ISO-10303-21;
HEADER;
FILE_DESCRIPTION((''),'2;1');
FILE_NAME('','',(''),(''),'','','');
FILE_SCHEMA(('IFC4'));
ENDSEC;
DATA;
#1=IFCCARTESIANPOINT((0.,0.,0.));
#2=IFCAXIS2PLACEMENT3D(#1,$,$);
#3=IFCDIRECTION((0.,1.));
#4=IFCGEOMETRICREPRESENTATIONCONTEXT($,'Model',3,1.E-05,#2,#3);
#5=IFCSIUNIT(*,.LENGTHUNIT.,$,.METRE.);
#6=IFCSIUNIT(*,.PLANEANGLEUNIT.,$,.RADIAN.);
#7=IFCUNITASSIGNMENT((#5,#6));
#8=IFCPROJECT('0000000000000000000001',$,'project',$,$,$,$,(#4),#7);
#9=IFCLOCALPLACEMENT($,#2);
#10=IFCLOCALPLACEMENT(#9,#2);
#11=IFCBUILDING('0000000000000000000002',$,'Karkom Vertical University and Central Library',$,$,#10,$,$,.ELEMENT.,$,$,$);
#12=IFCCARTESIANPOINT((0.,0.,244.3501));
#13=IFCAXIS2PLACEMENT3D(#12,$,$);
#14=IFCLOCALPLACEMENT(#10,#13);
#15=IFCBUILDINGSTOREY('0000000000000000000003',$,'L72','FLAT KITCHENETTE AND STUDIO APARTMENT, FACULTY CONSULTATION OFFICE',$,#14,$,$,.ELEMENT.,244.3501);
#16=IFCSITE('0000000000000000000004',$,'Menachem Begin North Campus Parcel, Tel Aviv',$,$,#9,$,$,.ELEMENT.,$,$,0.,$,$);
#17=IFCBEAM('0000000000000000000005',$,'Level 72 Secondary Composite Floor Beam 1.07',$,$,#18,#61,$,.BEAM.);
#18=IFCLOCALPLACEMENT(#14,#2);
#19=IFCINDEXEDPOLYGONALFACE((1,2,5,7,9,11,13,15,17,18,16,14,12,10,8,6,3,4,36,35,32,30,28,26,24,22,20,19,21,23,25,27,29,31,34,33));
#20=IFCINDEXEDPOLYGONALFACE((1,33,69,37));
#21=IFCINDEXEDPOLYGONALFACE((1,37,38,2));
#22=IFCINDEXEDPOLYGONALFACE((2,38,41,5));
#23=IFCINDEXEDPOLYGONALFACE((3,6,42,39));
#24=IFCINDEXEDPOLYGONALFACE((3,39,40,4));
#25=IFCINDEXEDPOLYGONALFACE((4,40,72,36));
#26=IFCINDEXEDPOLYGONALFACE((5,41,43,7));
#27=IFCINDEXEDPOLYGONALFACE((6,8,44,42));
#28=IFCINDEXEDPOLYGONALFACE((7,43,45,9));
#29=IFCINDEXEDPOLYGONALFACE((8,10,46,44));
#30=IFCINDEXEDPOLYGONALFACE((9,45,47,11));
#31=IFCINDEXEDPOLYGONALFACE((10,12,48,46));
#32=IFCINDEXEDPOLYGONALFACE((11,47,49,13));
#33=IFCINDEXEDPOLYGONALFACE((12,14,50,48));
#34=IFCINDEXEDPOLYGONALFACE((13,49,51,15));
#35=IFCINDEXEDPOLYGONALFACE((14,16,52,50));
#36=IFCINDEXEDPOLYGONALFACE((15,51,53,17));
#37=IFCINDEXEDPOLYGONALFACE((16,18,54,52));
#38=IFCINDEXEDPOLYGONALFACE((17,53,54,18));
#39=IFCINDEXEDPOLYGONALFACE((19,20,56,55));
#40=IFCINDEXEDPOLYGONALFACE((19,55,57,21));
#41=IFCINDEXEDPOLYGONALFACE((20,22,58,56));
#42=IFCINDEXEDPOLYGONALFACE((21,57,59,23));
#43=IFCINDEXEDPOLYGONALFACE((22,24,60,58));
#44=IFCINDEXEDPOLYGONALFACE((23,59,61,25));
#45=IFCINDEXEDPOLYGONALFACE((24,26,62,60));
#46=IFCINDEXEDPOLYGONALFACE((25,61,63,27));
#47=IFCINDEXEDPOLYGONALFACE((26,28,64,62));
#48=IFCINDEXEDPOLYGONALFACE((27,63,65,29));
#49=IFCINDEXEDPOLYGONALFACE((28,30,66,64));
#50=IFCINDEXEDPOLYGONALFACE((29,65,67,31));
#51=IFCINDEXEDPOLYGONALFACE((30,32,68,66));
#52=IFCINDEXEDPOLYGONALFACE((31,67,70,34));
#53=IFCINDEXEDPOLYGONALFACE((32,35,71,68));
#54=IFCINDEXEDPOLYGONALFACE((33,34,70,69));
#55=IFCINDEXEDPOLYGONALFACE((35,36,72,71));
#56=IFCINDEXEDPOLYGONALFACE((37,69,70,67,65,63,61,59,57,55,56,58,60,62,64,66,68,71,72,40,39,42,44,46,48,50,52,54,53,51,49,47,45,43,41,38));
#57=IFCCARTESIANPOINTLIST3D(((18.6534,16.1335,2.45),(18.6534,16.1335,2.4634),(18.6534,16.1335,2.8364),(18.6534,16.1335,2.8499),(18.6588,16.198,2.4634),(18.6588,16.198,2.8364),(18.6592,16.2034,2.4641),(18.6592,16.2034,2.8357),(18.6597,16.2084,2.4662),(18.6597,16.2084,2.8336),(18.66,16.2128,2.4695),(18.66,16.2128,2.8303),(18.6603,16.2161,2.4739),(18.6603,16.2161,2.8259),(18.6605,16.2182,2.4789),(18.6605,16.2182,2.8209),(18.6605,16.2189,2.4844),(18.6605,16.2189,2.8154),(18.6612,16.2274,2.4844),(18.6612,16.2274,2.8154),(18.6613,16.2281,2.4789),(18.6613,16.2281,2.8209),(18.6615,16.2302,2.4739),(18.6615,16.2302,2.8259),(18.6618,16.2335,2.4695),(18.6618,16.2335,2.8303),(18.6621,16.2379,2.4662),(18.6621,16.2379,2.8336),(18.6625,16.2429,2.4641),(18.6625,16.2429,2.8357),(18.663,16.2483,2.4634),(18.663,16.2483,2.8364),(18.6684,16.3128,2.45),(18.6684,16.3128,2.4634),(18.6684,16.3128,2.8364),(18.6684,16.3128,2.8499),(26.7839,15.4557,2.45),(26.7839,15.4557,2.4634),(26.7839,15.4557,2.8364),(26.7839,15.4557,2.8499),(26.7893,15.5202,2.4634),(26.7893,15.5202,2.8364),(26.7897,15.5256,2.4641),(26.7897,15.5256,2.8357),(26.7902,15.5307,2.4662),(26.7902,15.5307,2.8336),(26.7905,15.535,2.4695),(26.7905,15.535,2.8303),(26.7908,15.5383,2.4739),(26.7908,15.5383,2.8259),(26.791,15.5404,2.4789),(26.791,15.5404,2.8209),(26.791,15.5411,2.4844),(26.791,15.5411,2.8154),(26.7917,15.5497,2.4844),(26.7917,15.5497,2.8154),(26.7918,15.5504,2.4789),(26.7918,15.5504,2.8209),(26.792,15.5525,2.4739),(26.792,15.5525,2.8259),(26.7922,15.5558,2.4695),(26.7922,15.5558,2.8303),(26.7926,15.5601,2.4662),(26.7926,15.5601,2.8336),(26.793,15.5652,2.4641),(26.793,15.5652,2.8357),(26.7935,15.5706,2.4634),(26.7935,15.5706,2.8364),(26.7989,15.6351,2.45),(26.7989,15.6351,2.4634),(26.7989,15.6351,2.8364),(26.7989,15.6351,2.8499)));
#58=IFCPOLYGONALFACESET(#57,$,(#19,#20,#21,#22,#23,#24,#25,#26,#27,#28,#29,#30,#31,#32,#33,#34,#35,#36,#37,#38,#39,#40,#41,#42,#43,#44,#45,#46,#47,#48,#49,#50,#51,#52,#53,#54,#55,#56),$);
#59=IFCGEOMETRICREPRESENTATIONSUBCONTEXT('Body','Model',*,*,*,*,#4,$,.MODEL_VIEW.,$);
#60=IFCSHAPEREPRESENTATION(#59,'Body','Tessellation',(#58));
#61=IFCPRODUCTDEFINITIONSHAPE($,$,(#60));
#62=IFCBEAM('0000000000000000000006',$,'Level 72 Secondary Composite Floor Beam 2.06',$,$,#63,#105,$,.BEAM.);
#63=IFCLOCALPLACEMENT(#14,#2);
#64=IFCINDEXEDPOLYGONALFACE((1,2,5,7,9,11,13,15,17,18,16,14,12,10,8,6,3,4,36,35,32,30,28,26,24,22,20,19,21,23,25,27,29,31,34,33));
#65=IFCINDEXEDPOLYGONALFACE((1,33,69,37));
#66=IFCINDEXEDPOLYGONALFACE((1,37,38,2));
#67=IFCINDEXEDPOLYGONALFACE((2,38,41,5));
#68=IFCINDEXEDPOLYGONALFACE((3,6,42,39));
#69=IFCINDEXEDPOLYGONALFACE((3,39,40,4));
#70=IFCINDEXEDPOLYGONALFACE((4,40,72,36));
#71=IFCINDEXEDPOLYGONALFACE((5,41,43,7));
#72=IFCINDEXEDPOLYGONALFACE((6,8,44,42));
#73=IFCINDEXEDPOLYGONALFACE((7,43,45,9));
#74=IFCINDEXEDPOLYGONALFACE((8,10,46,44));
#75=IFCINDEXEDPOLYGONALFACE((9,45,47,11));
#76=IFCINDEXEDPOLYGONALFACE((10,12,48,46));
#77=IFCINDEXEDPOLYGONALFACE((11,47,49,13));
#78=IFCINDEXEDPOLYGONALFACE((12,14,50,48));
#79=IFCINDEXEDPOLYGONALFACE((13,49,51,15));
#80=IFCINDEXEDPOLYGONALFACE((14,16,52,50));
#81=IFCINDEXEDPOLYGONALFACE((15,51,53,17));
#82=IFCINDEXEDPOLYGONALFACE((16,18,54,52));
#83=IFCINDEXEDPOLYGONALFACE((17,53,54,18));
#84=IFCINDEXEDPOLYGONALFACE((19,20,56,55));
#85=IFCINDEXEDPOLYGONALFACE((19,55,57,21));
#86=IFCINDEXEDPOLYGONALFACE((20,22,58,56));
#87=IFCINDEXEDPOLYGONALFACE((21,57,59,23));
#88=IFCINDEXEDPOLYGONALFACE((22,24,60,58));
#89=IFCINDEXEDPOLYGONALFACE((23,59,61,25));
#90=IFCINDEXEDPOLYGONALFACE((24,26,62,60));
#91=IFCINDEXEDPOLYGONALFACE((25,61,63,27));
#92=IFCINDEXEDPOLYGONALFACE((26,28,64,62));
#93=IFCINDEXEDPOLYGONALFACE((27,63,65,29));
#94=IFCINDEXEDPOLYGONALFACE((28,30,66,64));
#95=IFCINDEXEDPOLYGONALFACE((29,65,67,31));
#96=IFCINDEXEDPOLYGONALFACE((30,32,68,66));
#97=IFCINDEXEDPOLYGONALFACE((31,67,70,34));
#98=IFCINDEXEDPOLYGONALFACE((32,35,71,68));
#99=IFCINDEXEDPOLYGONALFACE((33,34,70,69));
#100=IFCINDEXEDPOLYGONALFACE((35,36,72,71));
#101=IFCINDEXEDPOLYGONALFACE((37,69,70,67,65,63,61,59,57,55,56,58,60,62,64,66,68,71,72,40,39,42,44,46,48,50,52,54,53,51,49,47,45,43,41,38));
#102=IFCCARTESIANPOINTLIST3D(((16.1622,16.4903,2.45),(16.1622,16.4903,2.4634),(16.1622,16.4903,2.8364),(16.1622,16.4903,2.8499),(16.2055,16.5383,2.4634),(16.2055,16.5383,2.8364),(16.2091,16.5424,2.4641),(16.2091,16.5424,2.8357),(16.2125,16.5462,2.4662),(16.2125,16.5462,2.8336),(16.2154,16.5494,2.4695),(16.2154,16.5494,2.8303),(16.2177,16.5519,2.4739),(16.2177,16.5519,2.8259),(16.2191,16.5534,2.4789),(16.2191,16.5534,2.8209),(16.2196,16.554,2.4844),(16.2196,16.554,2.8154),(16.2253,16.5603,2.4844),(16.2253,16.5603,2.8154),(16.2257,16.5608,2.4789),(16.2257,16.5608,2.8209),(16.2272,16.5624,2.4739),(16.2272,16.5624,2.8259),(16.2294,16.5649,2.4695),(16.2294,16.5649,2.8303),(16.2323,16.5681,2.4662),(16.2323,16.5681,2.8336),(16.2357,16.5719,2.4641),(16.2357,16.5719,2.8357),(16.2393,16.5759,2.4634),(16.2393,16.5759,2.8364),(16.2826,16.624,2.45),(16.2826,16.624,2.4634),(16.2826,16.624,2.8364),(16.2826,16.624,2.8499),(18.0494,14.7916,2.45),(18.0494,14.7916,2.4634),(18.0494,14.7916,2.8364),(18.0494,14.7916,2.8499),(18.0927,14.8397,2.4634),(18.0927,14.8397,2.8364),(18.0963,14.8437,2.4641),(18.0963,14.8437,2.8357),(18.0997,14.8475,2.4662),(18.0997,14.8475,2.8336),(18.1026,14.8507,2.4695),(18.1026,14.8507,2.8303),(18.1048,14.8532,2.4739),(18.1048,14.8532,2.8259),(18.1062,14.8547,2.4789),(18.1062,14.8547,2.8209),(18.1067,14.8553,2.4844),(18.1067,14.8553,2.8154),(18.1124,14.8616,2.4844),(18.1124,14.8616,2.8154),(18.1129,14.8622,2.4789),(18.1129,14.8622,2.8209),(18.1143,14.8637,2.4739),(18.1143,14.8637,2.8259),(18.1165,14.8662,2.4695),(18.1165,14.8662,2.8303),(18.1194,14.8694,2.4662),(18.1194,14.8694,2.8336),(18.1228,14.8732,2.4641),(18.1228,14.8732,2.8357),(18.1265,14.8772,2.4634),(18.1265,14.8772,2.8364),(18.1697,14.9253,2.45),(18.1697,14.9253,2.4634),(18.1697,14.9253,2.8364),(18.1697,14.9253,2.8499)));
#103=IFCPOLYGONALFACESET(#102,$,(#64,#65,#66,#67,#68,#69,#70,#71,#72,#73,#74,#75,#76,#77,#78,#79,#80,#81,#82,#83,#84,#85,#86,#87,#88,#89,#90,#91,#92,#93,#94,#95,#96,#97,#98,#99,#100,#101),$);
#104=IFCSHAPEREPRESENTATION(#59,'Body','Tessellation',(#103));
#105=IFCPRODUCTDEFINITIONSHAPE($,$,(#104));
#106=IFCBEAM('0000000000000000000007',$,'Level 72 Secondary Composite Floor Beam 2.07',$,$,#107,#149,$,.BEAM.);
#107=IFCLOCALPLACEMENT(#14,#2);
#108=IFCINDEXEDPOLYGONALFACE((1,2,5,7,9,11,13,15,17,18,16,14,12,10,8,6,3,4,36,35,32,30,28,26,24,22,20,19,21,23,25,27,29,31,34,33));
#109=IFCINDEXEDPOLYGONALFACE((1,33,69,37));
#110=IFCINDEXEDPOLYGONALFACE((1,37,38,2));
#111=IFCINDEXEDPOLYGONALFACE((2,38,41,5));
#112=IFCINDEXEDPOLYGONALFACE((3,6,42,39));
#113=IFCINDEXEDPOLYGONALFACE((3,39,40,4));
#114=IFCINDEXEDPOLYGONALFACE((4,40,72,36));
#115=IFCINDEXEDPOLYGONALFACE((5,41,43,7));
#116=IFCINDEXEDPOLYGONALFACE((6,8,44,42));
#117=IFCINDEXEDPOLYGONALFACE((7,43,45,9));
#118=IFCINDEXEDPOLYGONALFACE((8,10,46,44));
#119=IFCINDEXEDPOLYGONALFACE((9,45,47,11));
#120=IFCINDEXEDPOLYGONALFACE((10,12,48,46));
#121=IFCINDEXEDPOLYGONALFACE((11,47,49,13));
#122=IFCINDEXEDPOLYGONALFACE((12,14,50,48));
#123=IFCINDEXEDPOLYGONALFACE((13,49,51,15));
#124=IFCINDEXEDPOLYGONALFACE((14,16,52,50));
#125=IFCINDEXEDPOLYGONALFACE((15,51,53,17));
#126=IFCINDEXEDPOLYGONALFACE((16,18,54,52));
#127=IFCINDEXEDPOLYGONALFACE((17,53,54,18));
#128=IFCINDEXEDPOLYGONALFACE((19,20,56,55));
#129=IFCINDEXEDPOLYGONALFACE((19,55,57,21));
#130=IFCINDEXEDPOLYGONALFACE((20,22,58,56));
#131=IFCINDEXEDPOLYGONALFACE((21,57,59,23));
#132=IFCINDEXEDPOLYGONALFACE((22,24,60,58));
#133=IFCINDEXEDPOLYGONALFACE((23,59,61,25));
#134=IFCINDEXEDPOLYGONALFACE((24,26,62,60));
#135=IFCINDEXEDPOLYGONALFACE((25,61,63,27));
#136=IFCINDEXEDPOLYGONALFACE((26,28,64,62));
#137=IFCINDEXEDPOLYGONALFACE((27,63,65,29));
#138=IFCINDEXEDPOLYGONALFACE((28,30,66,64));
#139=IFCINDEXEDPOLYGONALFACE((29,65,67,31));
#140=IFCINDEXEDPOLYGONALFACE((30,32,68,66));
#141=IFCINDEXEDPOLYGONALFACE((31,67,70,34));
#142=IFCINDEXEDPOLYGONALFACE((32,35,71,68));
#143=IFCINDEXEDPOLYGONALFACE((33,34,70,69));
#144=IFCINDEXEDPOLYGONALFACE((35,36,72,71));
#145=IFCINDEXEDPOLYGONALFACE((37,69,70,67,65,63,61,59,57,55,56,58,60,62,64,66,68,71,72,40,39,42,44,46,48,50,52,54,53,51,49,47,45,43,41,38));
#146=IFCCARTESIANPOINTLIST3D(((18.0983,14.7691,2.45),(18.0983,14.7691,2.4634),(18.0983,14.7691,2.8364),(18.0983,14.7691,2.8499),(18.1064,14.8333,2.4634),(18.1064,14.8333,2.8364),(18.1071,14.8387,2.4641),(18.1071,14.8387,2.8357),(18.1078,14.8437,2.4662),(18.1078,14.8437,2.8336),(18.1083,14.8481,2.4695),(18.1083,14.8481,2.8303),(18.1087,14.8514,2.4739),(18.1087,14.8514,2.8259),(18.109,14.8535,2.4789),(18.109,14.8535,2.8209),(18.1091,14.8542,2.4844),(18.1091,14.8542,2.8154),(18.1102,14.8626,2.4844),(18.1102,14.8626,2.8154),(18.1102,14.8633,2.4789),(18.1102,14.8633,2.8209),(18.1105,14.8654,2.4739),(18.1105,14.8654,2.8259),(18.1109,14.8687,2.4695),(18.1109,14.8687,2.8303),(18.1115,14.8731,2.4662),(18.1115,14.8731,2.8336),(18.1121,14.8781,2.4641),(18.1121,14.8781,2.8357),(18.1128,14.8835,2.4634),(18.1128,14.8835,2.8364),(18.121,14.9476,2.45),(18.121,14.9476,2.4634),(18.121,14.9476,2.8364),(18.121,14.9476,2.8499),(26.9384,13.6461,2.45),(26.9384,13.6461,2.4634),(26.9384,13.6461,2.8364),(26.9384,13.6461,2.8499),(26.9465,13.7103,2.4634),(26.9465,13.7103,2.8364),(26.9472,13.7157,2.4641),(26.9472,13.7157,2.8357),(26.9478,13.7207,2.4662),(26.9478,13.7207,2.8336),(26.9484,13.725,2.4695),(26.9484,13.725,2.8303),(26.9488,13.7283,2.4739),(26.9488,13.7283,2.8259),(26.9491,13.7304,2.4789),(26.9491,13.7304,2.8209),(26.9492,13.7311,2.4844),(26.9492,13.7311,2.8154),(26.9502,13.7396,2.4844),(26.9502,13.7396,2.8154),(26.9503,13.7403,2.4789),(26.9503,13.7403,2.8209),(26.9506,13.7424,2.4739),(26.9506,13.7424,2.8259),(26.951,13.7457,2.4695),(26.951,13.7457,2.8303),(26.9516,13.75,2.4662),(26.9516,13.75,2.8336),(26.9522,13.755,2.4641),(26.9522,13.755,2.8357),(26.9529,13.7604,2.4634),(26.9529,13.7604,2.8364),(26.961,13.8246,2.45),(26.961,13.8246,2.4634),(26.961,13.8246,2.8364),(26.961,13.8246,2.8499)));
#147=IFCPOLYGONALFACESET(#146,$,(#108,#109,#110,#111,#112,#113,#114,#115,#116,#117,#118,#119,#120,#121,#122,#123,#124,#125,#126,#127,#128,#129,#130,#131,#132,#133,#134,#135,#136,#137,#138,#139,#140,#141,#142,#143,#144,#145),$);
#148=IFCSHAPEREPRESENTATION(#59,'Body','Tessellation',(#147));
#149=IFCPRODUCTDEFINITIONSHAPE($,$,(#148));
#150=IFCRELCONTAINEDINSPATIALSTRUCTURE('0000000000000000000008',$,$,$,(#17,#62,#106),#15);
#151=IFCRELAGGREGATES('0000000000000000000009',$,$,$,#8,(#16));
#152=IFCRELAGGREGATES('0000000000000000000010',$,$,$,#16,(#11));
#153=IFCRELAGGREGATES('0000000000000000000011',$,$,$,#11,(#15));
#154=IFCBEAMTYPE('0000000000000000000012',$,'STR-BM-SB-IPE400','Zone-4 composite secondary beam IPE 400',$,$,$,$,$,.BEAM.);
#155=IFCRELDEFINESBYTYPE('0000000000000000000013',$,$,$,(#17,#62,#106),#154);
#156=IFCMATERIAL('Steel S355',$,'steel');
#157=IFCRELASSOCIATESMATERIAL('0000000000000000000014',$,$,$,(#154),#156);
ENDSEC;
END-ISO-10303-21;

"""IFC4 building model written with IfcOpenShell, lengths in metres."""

from ifc_helpers import new_model, si_unit, direction, frame, origin, origin_with_axes, origin_2d, place, context, subcontext, project, spatial, i_section, extrude, source, transform, mapped, material, material_profile, profile_set, type_object, element, save


model = new_model("IFC4")

# Units and contexts
model_context = context("Model", 3, precision=1e-05, world=origin(), true_north=direction((0.0, 1.0)))
body_context = subcontext(model_context, "Body", "Model", "MODEL_VIEW")
ifc_project = project(units=[si_unit("LENGTHUNIT", "METRE"), si_unit("PLANEANGLEUNIT", "RADIAN")], contexts=[model_context])

# Site, building, storey
site_placement = place(None, origin())
site = spatial("IfcSite", under=ifc_project, at=site_placement, Name="Menachem Begin North Campus Parcel, Tel Aviv", CompositionType="ELEMENT", RefElevation=0.0)
building_placement = place(site_placement, origin())
building = spatial("IfcBuilding", under=site, at=building_placement, Name="Karkom Vertical University and Central Library", CompositionType="ELEMENT")
storey_placement = place(building_placement, frame((0.0, 0.0, 244.3501)))
storey = spatial("IfcBuildingStorey", under=building, at=storey_placement, Name="L72", Description="FLAT KITCHENETTE AND STUDIO APARTMENT, FACULTY CONSULTATION OFFICE", CompositionType="ELEMENT", Elevation=244.3501)

# Beams
ifc_material_1 = material(Name="Steel S355", Category="steel")
ifc_material_profile_1 = material_profile(ifc_material_1, i_section(OverallWidth=0.1799, OverallDepth=0.3999, WebThickness=0.0085, FlangeThickness=0.0134, FilletRadius=0.021, at=origin_2d()), Name="IPE 400")
ifc_profile_set_1 = profile_set([ifc_material_profile_1], Name="Steel S355")
beam_type_1 = type_object("IfcBeamType", Name="STR-BM-SB-IPE400", Description="Zone-4 composite secondary beam IPE 400", PredefinedType="BEAM", material=ifc_profile_set_1)
shared_shape_1 = source(origin_with_axes(), body_context, "Body", "SweptSolid", [
    extrude(i_section(OverallWidth=0.1799, OverallDepth=0.3999, WebThickness=0.0085, FlangeThickness=0.0134, FilletRadius=0.021, at=origin_2d()), origin(), (0.0, 0.0, 1.0), 8.1587),
])
beam_1_placement = place(storey_placement, frame((18.6609, 16.2231, 2.6499), z_axis=(0.996544, -0.08307, 0.0), x_axis=(0.08307, 0.996544, 0.0)))
element("IfcBeam", 1, at=beam_1_placement, inside=storey, type_object=beam_type_1, Name="Level 72 Secondary Composite Floor Beam 1.07", PredefinedType="BEAM", context=body_context, shape_type="MappedRepresentation", body=[
    mapped(shared_shape_1, transform((0.0, 0.0, 0.0), scale=1.0)),
])
shared_shape_2 = source(origin_with_axes(), body_context, "Body", "SweptSolid", [
    extrude(i_section(OverallWidth=0.1799, OverallDepth=0.3999, WebThickness=0.0085, FlangeThickness=0.0134, FilletRadius=0.021, at=origin_2d()), origin(), (0.0, 0.0, 1.0), 2.5391),
])
beam_2_placement = place(storey_placement, frame((16.2224, 16.5571, 2.6499), z_axis=(0.743246, -0.669018, 0.0), x_axis=(0.669018, 0.743246, 0.0)))
element("IfcBeam", 2, at=beam_2_placement, inside=storey, type_object=beam_type_1, Name="Level 72 Secondary Composite Floor Beam 2.06", PredefinedType="BEAM", context=body_context, shape_type="MappedRepresentation", body=[
    mapped(shared_shape_2, transform((0.0, 0.0, 0.0), scale=1.0)),
])
shared_shape_3 = source(origin_with_axes(), body_context, "Body", "SweptSolid", [
    extrude(i_section(OverallWidth=0.1799, OverallDepth=0.3999, WebThickness=0.0085, FlangeThickness=0.0134, FilletRadius=0.021, at=origin_2d()), origin(), (0.0, 0.0, 1.0), 8.9111),
])
beam_3_placement = place(storey_placement, frame((18.1096, 14.8584, 2.6499), z_axis=(0.992027, -0.126027, 0.0), x_axis=(0.126027, 0.992027, 0.0)))
element("IfcBeam", 3, at=beam_3_placement, inside=storey, type_object=beam_type_1, Name="Level 72 Secondary Composite Floor Beam 2.07", PredefinedType="BEAM", context=body_context, shape_type="MappedRepresentation", body=[
    mapped(shared_shape_3, transform((0.0, 0.0, 0.0), scale=1.0)),
])

save(model, "model.ifc")
